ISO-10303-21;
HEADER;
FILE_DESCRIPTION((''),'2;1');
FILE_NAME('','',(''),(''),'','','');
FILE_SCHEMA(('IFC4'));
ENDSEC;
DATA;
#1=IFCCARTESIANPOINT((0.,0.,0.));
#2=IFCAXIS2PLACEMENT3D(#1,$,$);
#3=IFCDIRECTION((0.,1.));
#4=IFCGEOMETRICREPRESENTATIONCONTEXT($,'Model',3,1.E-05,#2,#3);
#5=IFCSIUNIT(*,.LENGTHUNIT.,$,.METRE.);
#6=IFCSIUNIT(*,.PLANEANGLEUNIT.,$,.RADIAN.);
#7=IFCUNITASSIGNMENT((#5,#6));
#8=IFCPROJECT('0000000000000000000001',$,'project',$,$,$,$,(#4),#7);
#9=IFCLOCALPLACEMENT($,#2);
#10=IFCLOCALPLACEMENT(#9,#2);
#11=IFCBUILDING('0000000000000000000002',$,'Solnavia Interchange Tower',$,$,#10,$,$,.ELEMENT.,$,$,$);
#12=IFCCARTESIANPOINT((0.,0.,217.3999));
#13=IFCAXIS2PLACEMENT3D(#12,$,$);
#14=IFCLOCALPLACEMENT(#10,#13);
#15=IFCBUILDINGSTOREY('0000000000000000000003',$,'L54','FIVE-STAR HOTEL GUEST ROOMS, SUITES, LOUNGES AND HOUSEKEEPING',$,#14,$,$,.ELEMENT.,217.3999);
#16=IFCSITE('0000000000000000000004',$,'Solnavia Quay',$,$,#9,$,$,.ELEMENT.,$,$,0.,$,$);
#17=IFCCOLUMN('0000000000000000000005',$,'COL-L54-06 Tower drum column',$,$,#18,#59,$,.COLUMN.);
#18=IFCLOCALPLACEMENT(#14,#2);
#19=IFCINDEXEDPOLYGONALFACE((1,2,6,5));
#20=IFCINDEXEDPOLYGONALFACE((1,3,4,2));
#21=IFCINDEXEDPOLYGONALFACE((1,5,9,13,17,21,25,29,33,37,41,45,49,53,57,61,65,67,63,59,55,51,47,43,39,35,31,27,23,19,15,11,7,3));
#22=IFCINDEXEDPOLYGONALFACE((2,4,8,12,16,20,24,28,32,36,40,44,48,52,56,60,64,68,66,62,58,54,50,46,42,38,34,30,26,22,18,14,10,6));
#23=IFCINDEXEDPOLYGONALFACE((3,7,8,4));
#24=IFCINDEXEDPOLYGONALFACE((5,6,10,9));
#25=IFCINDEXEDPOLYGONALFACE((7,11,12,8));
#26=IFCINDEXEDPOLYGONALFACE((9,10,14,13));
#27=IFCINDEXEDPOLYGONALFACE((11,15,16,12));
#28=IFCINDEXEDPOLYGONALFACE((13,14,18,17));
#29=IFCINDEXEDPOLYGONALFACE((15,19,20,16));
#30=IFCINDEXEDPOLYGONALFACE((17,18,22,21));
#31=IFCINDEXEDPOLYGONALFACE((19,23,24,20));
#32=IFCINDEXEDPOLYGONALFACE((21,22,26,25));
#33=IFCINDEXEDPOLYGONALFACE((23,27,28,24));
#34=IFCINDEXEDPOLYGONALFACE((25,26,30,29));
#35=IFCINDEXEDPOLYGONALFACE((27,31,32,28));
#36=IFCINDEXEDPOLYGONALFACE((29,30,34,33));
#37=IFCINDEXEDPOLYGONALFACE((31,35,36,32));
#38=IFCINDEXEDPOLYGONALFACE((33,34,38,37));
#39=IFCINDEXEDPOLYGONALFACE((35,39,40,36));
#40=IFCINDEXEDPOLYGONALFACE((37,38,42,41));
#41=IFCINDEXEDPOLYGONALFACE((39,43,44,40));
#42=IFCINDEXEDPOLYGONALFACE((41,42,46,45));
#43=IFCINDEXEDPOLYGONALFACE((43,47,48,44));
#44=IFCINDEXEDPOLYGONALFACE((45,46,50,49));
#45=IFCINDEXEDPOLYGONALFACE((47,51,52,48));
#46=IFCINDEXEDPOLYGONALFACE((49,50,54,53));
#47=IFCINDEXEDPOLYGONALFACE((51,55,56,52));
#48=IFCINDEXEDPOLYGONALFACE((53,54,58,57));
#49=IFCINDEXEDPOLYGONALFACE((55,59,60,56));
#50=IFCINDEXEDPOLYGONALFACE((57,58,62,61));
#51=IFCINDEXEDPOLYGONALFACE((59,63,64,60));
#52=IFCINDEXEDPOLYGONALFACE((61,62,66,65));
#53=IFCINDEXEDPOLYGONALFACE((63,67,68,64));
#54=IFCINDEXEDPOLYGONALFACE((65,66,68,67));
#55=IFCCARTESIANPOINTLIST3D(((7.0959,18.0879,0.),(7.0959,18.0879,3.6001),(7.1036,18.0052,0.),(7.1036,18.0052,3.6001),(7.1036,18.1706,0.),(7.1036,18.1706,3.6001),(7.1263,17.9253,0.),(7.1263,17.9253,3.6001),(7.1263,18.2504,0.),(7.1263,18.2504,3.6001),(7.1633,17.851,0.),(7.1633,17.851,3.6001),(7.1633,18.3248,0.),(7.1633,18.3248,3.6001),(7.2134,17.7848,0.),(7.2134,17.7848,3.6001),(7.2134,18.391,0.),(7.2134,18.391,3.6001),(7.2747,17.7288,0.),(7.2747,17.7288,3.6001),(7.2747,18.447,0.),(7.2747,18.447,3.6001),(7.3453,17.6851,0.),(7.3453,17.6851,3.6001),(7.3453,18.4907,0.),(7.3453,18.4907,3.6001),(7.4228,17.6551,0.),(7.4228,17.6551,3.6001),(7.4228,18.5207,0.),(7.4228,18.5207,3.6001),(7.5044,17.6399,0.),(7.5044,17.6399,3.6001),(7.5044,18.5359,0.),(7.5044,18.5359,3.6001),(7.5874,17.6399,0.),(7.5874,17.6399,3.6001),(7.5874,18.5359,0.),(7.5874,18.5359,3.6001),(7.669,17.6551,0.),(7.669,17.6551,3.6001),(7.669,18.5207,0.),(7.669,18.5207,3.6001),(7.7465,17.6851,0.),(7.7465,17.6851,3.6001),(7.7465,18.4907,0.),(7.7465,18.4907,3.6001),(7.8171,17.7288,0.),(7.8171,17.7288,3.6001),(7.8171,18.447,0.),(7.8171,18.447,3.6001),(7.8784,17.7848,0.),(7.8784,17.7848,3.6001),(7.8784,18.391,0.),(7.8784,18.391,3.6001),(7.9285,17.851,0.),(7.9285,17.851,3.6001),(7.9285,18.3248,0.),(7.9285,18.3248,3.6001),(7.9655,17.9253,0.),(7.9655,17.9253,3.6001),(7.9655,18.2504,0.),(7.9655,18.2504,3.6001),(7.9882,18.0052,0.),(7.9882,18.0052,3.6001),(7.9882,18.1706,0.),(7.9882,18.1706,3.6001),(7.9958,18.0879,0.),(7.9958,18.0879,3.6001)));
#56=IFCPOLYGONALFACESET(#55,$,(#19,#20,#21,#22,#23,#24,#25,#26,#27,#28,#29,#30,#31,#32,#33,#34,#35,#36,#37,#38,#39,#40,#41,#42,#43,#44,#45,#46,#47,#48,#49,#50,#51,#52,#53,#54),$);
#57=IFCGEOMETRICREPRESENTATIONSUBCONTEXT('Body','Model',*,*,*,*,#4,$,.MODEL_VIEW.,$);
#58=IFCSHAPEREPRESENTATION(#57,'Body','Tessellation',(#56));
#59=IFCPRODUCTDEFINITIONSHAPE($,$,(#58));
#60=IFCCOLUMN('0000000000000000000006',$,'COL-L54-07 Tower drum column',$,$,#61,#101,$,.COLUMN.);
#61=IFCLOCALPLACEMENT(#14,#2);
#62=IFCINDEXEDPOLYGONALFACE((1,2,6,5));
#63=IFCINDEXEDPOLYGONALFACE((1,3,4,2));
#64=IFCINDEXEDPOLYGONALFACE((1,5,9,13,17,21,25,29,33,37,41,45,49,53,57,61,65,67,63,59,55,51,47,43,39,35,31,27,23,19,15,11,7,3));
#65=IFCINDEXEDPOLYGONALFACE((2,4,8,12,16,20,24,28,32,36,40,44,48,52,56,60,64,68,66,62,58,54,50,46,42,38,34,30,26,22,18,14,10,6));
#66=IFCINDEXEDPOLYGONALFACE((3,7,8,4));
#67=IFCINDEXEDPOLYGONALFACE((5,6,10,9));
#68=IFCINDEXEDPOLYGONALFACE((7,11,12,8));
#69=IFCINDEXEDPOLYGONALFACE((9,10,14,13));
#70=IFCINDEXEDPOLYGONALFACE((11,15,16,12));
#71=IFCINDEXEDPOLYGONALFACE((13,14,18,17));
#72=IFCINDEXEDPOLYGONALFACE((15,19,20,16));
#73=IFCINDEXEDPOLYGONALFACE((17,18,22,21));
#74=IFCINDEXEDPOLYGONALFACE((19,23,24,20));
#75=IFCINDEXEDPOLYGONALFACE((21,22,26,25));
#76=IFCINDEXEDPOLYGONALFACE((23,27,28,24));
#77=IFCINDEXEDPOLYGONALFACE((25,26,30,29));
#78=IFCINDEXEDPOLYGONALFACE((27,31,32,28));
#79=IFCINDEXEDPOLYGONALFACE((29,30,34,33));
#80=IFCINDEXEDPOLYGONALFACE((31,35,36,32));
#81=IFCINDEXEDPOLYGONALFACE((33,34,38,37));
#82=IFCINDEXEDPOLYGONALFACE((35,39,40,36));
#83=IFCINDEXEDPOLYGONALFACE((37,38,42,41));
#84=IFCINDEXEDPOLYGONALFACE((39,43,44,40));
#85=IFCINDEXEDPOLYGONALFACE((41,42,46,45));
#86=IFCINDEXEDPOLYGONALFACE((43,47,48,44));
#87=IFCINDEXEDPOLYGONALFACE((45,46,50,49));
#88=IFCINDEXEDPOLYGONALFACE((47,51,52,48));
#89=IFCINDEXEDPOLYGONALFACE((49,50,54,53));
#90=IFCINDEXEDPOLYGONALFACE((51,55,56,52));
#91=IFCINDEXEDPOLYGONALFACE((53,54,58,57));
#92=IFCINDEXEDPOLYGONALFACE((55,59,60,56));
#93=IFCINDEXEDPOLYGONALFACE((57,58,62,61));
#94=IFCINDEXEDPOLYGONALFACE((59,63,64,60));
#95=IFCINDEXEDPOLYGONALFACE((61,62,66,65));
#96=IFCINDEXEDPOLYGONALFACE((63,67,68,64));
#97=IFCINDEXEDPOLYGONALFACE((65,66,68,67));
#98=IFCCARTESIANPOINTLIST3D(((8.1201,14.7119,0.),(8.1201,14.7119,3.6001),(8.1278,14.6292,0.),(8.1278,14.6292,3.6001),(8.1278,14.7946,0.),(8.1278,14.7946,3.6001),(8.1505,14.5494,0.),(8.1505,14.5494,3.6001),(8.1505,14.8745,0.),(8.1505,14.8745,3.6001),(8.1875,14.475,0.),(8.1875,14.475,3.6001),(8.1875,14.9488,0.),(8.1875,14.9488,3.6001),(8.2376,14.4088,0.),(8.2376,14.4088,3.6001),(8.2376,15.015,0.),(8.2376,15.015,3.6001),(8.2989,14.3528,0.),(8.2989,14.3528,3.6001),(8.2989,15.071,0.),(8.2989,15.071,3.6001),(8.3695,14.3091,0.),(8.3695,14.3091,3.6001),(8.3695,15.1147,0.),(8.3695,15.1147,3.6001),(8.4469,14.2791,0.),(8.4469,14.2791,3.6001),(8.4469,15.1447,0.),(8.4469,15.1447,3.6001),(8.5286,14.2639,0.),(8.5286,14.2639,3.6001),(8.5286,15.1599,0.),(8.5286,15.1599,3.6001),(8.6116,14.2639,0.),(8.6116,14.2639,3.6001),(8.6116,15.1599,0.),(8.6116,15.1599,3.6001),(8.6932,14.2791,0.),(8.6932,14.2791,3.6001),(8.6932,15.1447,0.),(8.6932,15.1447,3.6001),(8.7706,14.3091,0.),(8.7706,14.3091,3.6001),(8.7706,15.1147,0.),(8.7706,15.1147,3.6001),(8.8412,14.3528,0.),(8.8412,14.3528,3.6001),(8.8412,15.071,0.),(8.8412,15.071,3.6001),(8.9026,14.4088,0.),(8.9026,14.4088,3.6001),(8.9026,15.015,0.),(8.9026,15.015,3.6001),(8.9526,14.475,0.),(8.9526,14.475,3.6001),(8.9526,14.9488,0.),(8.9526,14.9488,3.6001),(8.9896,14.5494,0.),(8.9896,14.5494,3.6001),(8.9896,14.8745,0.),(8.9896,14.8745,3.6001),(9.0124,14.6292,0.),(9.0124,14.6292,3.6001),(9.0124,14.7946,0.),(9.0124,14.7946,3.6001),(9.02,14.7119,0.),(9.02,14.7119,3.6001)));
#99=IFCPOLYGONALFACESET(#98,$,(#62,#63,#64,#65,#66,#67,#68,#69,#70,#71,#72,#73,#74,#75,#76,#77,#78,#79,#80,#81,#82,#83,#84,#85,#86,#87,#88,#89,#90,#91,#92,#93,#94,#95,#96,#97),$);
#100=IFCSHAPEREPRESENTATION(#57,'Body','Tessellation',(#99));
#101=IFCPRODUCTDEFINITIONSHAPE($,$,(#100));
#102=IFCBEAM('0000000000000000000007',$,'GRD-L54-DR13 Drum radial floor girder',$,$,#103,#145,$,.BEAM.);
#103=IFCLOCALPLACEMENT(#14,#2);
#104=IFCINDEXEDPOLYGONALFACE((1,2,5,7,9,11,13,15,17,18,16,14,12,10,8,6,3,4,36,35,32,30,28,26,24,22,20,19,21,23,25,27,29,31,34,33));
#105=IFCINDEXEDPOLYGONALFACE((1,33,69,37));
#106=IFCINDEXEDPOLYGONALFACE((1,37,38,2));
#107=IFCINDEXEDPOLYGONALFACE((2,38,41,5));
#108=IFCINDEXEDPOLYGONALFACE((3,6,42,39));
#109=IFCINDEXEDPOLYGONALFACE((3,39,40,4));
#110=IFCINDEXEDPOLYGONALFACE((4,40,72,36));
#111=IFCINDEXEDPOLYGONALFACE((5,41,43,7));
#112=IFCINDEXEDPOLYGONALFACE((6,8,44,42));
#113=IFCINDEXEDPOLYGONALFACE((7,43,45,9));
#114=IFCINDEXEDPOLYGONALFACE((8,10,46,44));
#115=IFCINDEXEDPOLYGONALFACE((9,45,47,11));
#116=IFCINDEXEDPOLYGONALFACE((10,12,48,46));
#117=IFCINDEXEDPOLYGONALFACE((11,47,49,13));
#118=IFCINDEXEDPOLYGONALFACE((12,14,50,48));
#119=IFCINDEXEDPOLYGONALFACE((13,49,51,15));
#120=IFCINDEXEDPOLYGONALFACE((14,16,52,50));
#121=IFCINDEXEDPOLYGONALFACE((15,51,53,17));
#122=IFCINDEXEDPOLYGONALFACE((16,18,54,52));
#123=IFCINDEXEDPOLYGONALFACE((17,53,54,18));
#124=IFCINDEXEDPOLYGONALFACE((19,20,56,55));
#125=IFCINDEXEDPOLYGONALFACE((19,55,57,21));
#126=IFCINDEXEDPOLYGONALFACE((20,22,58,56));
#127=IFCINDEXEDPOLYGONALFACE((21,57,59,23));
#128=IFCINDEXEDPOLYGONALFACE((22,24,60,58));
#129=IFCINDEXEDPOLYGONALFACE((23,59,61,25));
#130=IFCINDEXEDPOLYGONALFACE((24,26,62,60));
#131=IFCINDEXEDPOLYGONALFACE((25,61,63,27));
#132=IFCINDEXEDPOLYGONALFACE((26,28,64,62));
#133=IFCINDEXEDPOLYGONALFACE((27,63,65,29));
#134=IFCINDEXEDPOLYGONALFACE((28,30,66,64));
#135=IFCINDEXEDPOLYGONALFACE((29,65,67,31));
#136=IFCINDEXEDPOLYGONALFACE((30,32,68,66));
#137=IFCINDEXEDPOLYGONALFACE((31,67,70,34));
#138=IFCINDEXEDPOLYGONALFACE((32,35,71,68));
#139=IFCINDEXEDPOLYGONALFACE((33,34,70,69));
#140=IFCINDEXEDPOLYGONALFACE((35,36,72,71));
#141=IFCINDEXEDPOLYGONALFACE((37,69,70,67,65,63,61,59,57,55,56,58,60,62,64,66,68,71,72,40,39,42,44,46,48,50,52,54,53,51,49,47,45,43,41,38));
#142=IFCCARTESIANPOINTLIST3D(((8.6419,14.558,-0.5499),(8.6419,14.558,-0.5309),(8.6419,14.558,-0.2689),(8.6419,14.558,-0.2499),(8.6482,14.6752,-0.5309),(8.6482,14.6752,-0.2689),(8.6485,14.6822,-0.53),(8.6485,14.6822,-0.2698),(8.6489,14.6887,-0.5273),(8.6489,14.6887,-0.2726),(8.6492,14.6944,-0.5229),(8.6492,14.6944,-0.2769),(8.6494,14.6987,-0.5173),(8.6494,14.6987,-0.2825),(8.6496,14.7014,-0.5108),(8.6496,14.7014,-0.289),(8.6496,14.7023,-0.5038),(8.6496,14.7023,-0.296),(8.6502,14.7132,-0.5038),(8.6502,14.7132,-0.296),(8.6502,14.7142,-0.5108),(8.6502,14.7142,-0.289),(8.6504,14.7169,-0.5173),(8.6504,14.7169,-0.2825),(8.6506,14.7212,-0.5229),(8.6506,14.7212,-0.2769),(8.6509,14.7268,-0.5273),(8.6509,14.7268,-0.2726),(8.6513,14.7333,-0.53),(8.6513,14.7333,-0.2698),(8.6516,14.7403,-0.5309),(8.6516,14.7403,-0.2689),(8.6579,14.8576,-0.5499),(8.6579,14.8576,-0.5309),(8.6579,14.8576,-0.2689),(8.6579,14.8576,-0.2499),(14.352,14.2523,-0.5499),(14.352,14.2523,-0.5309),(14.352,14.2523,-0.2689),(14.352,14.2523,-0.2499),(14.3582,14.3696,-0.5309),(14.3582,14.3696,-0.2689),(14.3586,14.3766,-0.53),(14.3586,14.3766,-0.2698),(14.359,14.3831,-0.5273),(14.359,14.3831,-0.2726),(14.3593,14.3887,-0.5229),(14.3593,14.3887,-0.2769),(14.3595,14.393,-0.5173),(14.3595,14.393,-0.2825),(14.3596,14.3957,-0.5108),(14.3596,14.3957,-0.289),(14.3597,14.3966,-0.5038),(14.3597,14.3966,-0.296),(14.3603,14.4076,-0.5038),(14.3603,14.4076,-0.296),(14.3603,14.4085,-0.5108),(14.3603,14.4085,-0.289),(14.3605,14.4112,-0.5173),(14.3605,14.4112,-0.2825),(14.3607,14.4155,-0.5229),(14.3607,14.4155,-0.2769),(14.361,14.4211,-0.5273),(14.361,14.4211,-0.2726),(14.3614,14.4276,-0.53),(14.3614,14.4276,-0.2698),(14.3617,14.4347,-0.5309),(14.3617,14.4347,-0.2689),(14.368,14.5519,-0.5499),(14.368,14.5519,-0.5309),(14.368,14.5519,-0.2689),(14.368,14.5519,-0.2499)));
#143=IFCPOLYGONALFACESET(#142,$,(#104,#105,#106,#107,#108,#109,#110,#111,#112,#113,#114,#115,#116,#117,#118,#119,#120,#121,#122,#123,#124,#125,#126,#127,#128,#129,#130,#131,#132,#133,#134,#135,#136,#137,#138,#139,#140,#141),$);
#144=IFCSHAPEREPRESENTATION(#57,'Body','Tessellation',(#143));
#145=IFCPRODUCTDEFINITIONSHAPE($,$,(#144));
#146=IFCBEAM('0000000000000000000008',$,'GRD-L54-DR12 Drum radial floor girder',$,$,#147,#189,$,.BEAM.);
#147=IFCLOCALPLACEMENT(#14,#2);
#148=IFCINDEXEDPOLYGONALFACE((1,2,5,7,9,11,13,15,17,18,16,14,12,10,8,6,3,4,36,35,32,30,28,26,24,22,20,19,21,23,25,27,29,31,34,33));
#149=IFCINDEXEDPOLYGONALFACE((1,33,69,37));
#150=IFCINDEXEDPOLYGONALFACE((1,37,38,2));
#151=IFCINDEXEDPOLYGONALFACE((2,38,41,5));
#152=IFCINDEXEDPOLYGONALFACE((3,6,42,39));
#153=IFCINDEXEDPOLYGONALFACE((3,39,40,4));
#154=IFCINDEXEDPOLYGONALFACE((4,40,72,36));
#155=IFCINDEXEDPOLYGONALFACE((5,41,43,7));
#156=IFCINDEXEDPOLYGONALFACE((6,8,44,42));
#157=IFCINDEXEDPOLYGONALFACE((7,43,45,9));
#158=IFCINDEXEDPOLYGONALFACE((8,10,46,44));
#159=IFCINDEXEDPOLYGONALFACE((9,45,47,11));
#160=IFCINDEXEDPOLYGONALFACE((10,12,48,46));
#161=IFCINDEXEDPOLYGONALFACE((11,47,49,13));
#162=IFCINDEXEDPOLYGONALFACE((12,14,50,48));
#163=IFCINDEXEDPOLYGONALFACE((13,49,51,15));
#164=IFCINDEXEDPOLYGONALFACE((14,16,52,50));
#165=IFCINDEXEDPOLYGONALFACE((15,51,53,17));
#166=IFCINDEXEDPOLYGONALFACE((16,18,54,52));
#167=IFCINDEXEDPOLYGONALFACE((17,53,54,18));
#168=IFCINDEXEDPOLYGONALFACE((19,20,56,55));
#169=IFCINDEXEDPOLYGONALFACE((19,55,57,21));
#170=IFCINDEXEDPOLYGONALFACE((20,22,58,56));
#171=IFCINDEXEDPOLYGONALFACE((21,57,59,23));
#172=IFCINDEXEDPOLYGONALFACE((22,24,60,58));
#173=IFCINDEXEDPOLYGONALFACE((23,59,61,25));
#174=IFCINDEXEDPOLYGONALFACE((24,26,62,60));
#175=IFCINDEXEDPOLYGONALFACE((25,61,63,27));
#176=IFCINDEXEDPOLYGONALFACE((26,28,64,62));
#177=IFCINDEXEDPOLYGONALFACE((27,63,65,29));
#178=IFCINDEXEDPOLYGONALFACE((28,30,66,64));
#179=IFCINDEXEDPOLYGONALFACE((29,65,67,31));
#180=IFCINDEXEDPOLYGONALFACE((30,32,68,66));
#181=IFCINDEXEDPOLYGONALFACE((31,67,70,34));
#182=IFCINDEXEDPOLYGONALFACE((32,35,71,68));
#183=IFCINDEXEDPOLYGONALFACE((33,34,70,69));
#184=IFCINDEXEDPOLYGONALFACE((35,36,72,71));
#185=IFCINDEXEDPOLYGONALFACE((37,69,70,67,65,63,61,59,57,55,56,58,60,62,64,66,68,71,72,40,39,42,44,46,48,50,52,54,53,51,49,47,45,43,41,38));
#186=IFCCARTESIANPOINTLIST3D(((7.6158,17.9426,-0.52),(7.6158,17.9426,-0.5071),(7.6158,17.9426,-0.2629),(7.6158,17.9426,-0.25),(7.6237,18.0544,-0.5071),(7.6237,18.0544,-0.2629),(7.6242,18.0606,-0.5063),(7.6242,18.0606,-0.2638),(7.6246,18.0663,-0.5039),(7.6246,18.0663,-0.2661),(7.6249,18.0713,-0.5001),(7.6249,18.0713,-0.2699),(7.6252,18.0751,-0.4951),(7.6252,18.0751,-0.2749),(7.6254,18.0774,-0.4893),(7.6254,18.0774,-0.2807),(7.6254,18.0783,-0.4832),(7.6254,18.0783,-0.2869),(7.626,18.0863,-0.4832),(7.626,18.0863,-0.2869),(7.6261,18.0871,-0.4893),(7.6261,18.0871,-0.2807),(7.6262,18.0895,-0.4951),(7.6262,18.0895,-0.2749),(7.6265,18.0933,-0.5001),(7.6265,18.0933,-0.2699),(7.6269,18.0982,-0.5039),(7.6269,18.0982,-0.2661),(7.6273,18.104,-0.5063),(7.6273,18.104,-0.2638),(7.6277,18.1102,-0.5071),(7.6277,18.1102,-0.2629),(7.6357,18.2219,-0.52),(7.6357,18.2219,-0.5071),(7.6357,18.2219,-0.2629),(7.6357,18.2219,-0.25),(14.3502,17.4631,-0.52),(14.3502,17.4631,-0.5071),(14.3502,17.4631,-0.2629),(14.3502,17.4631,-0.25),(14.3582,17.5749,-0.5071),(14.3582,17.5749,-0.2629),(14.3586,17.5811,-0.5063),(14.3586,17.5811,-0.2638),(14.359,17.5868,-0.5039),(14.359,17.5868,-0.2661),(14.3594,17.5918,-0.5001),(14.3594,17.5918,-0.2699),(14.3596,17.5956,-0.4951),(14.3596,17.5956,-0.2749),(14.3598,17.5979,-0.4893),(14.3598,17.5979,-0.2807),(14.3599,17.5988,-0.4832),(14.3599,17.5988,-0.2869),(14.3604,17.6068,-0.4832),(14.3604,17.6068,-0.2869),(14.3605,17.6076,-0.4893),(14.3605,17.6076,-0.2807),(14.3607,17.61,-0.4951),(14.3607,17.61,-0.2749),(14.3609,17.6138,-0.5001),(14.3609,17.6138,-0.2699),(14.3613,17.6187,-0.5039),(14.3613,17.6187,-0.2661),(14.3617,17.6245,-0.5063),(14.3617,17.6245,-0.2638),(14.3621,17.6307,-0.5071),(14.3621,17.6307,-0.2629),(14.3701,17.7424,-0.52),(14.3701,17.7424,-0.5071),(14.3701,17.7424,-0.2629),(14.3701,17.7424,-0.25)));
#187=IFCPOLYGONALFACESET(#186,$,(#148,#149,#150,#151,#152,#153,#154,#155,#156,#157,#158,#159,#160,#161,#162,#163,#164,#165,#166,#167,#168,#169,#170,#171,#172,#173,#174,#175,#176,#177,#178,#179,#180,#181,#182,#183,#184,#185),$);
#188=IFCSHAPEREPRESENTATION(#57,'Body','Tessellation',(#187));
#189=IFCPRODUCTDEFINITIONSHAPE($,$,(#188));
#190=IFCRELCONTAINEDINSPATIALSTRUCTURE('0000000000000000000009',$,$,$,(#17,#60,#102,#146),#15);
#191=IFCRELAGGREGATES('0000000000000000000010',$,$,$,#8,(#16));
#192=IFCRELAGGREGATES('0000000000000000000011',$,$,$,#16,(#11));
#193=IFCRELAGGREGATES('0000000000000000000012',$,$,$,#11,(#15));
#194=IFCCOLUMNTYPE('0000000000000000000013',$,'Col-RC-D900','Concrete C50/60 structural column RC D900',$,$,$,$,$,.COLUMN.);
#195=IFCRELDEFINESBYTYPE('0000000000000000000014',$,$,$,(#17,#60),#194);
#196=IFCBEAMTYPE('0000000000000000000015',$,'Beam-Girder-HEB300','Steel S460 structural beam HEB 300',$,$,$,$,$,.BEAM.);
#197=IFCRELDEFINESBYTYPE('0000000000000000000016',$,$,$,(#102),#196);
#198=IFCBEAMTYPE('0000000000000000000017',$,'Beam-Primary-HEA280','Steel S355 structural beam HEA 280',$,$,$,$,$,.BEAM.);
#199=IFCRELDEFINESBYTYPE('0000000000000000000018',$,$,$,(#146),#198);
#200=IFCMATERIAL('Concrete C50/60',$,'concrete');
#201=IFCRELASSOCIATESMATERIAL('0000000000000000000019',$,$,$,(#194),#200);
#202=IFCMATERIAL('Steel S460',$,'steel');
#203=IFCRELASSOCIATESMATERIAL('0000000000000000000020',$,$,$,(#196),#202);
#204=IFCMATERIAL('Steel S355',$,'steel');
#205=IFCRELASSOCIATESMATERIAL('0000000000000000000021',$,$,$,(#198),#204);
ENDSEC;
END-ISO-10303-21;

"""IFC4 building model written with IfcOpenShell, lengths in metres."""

from ifc_helpers import new_model, si_unit, direction, frame, origin, origin_2d, place, context, subcontext, project, spatial, circle, i_section, extrude, material, material_profile, profile_set, type_object, element, save


model = new_model("IFC4")

# Units and contexts
model_context = context("Model", 3, precision=1e-05, world=origin(), true_north=direction((0.0, 1.0)))
body_context = subcontext(model_context, "Body", "Model", "MODEL_VIEW")
ifc_project = project(units=[si_unit("LENGTHUNIT", "METRE"), si_unit("PLANEANGLEUNIT", "RADIAN")], contexts=[model_context])

# Site, building, storey
site_placement = place(None, origin())
site = spatial("IfcSite", under=ifc_project, at=site_placement, Name="Solnavia Quay", CompositionType="ELEMENT", RefElevation=0.0)
building_placement = place(site_placement, origin())
building = spatial("IfcBuilding", under=site, at=building_placement, Name="Solnavia Interchange Tower", CompositionType="ELEMENT")
storey_placement = place(building_placement, frame((0.0, 0.0, 217.3999)))
storey = spatial("IfcBuildingStorey", under=building, at=storey_placement, Name="L54", Description="FIVE-STAR HOTEL GUEST ROOMS, SUITES, LOUNGES AND HOUSEKEEPING", CompositionType="ELEMENT", Elevation=217.3999)

# Columns
ifc_material_1 = material(Name="Concrete C50/60", Category="concrete")
ifc_material_profile_1 = material_profile(ifc_material_1, circle(Radius=0.45, at=origin_2d()), Name="RC D900")
ifc_profile_set_1 = profile_set([ifc_material_profile_1], Name="Concrete C50/60")
column_type = type_object("IfcColumnType", Name="Col-RC-D900", Description="Concrete C50/60 structural column RC D900", PredefinedType="COLUMN", material=ifc_profile_set_1)
for number, where, z_axis, x_axis, name in (
    (1, (7.5459, 18.0879, 0.0), (0.0, 0.0, 1.0), (1.0, 0.0, 0.0), "COL-L54-06 Tower drum column"),
    (2, (8.5701, 14.7119, 0.0), (0.0, 0.0, 1.0), (1.0, 0.0, 0.0), "COL-L54-07 Tower drum column"),
):
    element("IfcColumn", number, at=place(storey_placement, frame(where, z_axis=z_axis, x_axis=x_axis)), inside=storey, type_object=column_type, Name=name, PredefinedType="COLUMN", context=body_context, shape_type="SweptSolid", body=[
        extrude(circle(Radius=0.45, at=origin_2d()), origin(), (0.0, 0.0, 1.0), 3.6001),
    ])

# Beams
ifc_material_2 = material(Name="Steel S460", Category="steel")
ifc_material_profile_2 = material_profile(ifc_material_2, i_section(OverallWidth=0.3, OverallDepth=0.3, WebThickness=0.011, FlangeThickness=0.019, FilletRadius=0.0271, at=origin_2d()), Name="HEB 300")
ifc_profile_set_2 = profile_set([ifc_material_profile_2], Name="Steel S460")
beam_type_1 = type_object("IfcBeamType", Name="Beam-Girder-HEB300", Description="Steel S460 structural beam HEB 300", PredefinedType="BEAM", material=ifc_profile_set_2)
beam_1_placement = place(storey_placement, frame((8.6499, 14.7078, -0.3999), z_axis=(0.99857, -0.053453, 0.0), x_axis=(0.053453, 0.99857, 0.0)))
element("IfcBeam", 3, at=beam_1_placement, inside=storey, type_object=beam_type_1, Name="GRD-L54-DR13 Drum radial floor girder", PredefinedType="BEAM", context=body_context, shape_type="SweptSolid", body=[
    extrude(i_section(OverallWidth=0.3, OverallDepth=0.3, WebThickness=0.011, FlangeThickness=0.019, FilletRadius=0.0271, at=origin_2d()), origin(), (0.0, 0.0, 1.0), 5.7183),
])
ifc_material_3 = material(Name="Steel S355", Category="steel")
ifc_material_profile_3 = material_profile(ifc_material_3, i_section(OverallWidth=0.28, OverallDepth=0.27, WebThickness=0.0081, FlangeThickness=0.0129, FilletRadius=0.0239, at=origin_2d()), Name="HEA 280")
ifc_profile_set_3 = profile_set([ifc_material_profile_3], Name="Steel S355")
beam_type_2 = type_object("IfcBeamType", Name="Beam-Primary-HEA280", Description="Steel S355 structural beam HEA 280", PredefinedType="BEAM", material=ifc_profile_set_3)
beam_2_placement = place(storey_placement, frame((7.6257, 18.0823, -0.385), z_axis=(0.997475, -0.071021, 0.0), x_axis=(0.071021, 0.997475, 0.0)))
element("IfcBeam", 4, at=beam_2_placement, inside=storey, type_object=beam_type_2, Name="GRD-L54-DR12 Drum radial floor girder", PredefinedType="BEAM", context=body_context, shape_type="SweptSolid", body=[
    extrude(i_section(OverallWidth=0.28, OverallDepth=0.27, WebThickness=0.0081, FlangeThickness=0.0129, FilletRadius=0.0239, at=origin_2d()), origin(), (0.0, 0.0, 1.0), 6.7515),
])

save(model, "model.ifc")
